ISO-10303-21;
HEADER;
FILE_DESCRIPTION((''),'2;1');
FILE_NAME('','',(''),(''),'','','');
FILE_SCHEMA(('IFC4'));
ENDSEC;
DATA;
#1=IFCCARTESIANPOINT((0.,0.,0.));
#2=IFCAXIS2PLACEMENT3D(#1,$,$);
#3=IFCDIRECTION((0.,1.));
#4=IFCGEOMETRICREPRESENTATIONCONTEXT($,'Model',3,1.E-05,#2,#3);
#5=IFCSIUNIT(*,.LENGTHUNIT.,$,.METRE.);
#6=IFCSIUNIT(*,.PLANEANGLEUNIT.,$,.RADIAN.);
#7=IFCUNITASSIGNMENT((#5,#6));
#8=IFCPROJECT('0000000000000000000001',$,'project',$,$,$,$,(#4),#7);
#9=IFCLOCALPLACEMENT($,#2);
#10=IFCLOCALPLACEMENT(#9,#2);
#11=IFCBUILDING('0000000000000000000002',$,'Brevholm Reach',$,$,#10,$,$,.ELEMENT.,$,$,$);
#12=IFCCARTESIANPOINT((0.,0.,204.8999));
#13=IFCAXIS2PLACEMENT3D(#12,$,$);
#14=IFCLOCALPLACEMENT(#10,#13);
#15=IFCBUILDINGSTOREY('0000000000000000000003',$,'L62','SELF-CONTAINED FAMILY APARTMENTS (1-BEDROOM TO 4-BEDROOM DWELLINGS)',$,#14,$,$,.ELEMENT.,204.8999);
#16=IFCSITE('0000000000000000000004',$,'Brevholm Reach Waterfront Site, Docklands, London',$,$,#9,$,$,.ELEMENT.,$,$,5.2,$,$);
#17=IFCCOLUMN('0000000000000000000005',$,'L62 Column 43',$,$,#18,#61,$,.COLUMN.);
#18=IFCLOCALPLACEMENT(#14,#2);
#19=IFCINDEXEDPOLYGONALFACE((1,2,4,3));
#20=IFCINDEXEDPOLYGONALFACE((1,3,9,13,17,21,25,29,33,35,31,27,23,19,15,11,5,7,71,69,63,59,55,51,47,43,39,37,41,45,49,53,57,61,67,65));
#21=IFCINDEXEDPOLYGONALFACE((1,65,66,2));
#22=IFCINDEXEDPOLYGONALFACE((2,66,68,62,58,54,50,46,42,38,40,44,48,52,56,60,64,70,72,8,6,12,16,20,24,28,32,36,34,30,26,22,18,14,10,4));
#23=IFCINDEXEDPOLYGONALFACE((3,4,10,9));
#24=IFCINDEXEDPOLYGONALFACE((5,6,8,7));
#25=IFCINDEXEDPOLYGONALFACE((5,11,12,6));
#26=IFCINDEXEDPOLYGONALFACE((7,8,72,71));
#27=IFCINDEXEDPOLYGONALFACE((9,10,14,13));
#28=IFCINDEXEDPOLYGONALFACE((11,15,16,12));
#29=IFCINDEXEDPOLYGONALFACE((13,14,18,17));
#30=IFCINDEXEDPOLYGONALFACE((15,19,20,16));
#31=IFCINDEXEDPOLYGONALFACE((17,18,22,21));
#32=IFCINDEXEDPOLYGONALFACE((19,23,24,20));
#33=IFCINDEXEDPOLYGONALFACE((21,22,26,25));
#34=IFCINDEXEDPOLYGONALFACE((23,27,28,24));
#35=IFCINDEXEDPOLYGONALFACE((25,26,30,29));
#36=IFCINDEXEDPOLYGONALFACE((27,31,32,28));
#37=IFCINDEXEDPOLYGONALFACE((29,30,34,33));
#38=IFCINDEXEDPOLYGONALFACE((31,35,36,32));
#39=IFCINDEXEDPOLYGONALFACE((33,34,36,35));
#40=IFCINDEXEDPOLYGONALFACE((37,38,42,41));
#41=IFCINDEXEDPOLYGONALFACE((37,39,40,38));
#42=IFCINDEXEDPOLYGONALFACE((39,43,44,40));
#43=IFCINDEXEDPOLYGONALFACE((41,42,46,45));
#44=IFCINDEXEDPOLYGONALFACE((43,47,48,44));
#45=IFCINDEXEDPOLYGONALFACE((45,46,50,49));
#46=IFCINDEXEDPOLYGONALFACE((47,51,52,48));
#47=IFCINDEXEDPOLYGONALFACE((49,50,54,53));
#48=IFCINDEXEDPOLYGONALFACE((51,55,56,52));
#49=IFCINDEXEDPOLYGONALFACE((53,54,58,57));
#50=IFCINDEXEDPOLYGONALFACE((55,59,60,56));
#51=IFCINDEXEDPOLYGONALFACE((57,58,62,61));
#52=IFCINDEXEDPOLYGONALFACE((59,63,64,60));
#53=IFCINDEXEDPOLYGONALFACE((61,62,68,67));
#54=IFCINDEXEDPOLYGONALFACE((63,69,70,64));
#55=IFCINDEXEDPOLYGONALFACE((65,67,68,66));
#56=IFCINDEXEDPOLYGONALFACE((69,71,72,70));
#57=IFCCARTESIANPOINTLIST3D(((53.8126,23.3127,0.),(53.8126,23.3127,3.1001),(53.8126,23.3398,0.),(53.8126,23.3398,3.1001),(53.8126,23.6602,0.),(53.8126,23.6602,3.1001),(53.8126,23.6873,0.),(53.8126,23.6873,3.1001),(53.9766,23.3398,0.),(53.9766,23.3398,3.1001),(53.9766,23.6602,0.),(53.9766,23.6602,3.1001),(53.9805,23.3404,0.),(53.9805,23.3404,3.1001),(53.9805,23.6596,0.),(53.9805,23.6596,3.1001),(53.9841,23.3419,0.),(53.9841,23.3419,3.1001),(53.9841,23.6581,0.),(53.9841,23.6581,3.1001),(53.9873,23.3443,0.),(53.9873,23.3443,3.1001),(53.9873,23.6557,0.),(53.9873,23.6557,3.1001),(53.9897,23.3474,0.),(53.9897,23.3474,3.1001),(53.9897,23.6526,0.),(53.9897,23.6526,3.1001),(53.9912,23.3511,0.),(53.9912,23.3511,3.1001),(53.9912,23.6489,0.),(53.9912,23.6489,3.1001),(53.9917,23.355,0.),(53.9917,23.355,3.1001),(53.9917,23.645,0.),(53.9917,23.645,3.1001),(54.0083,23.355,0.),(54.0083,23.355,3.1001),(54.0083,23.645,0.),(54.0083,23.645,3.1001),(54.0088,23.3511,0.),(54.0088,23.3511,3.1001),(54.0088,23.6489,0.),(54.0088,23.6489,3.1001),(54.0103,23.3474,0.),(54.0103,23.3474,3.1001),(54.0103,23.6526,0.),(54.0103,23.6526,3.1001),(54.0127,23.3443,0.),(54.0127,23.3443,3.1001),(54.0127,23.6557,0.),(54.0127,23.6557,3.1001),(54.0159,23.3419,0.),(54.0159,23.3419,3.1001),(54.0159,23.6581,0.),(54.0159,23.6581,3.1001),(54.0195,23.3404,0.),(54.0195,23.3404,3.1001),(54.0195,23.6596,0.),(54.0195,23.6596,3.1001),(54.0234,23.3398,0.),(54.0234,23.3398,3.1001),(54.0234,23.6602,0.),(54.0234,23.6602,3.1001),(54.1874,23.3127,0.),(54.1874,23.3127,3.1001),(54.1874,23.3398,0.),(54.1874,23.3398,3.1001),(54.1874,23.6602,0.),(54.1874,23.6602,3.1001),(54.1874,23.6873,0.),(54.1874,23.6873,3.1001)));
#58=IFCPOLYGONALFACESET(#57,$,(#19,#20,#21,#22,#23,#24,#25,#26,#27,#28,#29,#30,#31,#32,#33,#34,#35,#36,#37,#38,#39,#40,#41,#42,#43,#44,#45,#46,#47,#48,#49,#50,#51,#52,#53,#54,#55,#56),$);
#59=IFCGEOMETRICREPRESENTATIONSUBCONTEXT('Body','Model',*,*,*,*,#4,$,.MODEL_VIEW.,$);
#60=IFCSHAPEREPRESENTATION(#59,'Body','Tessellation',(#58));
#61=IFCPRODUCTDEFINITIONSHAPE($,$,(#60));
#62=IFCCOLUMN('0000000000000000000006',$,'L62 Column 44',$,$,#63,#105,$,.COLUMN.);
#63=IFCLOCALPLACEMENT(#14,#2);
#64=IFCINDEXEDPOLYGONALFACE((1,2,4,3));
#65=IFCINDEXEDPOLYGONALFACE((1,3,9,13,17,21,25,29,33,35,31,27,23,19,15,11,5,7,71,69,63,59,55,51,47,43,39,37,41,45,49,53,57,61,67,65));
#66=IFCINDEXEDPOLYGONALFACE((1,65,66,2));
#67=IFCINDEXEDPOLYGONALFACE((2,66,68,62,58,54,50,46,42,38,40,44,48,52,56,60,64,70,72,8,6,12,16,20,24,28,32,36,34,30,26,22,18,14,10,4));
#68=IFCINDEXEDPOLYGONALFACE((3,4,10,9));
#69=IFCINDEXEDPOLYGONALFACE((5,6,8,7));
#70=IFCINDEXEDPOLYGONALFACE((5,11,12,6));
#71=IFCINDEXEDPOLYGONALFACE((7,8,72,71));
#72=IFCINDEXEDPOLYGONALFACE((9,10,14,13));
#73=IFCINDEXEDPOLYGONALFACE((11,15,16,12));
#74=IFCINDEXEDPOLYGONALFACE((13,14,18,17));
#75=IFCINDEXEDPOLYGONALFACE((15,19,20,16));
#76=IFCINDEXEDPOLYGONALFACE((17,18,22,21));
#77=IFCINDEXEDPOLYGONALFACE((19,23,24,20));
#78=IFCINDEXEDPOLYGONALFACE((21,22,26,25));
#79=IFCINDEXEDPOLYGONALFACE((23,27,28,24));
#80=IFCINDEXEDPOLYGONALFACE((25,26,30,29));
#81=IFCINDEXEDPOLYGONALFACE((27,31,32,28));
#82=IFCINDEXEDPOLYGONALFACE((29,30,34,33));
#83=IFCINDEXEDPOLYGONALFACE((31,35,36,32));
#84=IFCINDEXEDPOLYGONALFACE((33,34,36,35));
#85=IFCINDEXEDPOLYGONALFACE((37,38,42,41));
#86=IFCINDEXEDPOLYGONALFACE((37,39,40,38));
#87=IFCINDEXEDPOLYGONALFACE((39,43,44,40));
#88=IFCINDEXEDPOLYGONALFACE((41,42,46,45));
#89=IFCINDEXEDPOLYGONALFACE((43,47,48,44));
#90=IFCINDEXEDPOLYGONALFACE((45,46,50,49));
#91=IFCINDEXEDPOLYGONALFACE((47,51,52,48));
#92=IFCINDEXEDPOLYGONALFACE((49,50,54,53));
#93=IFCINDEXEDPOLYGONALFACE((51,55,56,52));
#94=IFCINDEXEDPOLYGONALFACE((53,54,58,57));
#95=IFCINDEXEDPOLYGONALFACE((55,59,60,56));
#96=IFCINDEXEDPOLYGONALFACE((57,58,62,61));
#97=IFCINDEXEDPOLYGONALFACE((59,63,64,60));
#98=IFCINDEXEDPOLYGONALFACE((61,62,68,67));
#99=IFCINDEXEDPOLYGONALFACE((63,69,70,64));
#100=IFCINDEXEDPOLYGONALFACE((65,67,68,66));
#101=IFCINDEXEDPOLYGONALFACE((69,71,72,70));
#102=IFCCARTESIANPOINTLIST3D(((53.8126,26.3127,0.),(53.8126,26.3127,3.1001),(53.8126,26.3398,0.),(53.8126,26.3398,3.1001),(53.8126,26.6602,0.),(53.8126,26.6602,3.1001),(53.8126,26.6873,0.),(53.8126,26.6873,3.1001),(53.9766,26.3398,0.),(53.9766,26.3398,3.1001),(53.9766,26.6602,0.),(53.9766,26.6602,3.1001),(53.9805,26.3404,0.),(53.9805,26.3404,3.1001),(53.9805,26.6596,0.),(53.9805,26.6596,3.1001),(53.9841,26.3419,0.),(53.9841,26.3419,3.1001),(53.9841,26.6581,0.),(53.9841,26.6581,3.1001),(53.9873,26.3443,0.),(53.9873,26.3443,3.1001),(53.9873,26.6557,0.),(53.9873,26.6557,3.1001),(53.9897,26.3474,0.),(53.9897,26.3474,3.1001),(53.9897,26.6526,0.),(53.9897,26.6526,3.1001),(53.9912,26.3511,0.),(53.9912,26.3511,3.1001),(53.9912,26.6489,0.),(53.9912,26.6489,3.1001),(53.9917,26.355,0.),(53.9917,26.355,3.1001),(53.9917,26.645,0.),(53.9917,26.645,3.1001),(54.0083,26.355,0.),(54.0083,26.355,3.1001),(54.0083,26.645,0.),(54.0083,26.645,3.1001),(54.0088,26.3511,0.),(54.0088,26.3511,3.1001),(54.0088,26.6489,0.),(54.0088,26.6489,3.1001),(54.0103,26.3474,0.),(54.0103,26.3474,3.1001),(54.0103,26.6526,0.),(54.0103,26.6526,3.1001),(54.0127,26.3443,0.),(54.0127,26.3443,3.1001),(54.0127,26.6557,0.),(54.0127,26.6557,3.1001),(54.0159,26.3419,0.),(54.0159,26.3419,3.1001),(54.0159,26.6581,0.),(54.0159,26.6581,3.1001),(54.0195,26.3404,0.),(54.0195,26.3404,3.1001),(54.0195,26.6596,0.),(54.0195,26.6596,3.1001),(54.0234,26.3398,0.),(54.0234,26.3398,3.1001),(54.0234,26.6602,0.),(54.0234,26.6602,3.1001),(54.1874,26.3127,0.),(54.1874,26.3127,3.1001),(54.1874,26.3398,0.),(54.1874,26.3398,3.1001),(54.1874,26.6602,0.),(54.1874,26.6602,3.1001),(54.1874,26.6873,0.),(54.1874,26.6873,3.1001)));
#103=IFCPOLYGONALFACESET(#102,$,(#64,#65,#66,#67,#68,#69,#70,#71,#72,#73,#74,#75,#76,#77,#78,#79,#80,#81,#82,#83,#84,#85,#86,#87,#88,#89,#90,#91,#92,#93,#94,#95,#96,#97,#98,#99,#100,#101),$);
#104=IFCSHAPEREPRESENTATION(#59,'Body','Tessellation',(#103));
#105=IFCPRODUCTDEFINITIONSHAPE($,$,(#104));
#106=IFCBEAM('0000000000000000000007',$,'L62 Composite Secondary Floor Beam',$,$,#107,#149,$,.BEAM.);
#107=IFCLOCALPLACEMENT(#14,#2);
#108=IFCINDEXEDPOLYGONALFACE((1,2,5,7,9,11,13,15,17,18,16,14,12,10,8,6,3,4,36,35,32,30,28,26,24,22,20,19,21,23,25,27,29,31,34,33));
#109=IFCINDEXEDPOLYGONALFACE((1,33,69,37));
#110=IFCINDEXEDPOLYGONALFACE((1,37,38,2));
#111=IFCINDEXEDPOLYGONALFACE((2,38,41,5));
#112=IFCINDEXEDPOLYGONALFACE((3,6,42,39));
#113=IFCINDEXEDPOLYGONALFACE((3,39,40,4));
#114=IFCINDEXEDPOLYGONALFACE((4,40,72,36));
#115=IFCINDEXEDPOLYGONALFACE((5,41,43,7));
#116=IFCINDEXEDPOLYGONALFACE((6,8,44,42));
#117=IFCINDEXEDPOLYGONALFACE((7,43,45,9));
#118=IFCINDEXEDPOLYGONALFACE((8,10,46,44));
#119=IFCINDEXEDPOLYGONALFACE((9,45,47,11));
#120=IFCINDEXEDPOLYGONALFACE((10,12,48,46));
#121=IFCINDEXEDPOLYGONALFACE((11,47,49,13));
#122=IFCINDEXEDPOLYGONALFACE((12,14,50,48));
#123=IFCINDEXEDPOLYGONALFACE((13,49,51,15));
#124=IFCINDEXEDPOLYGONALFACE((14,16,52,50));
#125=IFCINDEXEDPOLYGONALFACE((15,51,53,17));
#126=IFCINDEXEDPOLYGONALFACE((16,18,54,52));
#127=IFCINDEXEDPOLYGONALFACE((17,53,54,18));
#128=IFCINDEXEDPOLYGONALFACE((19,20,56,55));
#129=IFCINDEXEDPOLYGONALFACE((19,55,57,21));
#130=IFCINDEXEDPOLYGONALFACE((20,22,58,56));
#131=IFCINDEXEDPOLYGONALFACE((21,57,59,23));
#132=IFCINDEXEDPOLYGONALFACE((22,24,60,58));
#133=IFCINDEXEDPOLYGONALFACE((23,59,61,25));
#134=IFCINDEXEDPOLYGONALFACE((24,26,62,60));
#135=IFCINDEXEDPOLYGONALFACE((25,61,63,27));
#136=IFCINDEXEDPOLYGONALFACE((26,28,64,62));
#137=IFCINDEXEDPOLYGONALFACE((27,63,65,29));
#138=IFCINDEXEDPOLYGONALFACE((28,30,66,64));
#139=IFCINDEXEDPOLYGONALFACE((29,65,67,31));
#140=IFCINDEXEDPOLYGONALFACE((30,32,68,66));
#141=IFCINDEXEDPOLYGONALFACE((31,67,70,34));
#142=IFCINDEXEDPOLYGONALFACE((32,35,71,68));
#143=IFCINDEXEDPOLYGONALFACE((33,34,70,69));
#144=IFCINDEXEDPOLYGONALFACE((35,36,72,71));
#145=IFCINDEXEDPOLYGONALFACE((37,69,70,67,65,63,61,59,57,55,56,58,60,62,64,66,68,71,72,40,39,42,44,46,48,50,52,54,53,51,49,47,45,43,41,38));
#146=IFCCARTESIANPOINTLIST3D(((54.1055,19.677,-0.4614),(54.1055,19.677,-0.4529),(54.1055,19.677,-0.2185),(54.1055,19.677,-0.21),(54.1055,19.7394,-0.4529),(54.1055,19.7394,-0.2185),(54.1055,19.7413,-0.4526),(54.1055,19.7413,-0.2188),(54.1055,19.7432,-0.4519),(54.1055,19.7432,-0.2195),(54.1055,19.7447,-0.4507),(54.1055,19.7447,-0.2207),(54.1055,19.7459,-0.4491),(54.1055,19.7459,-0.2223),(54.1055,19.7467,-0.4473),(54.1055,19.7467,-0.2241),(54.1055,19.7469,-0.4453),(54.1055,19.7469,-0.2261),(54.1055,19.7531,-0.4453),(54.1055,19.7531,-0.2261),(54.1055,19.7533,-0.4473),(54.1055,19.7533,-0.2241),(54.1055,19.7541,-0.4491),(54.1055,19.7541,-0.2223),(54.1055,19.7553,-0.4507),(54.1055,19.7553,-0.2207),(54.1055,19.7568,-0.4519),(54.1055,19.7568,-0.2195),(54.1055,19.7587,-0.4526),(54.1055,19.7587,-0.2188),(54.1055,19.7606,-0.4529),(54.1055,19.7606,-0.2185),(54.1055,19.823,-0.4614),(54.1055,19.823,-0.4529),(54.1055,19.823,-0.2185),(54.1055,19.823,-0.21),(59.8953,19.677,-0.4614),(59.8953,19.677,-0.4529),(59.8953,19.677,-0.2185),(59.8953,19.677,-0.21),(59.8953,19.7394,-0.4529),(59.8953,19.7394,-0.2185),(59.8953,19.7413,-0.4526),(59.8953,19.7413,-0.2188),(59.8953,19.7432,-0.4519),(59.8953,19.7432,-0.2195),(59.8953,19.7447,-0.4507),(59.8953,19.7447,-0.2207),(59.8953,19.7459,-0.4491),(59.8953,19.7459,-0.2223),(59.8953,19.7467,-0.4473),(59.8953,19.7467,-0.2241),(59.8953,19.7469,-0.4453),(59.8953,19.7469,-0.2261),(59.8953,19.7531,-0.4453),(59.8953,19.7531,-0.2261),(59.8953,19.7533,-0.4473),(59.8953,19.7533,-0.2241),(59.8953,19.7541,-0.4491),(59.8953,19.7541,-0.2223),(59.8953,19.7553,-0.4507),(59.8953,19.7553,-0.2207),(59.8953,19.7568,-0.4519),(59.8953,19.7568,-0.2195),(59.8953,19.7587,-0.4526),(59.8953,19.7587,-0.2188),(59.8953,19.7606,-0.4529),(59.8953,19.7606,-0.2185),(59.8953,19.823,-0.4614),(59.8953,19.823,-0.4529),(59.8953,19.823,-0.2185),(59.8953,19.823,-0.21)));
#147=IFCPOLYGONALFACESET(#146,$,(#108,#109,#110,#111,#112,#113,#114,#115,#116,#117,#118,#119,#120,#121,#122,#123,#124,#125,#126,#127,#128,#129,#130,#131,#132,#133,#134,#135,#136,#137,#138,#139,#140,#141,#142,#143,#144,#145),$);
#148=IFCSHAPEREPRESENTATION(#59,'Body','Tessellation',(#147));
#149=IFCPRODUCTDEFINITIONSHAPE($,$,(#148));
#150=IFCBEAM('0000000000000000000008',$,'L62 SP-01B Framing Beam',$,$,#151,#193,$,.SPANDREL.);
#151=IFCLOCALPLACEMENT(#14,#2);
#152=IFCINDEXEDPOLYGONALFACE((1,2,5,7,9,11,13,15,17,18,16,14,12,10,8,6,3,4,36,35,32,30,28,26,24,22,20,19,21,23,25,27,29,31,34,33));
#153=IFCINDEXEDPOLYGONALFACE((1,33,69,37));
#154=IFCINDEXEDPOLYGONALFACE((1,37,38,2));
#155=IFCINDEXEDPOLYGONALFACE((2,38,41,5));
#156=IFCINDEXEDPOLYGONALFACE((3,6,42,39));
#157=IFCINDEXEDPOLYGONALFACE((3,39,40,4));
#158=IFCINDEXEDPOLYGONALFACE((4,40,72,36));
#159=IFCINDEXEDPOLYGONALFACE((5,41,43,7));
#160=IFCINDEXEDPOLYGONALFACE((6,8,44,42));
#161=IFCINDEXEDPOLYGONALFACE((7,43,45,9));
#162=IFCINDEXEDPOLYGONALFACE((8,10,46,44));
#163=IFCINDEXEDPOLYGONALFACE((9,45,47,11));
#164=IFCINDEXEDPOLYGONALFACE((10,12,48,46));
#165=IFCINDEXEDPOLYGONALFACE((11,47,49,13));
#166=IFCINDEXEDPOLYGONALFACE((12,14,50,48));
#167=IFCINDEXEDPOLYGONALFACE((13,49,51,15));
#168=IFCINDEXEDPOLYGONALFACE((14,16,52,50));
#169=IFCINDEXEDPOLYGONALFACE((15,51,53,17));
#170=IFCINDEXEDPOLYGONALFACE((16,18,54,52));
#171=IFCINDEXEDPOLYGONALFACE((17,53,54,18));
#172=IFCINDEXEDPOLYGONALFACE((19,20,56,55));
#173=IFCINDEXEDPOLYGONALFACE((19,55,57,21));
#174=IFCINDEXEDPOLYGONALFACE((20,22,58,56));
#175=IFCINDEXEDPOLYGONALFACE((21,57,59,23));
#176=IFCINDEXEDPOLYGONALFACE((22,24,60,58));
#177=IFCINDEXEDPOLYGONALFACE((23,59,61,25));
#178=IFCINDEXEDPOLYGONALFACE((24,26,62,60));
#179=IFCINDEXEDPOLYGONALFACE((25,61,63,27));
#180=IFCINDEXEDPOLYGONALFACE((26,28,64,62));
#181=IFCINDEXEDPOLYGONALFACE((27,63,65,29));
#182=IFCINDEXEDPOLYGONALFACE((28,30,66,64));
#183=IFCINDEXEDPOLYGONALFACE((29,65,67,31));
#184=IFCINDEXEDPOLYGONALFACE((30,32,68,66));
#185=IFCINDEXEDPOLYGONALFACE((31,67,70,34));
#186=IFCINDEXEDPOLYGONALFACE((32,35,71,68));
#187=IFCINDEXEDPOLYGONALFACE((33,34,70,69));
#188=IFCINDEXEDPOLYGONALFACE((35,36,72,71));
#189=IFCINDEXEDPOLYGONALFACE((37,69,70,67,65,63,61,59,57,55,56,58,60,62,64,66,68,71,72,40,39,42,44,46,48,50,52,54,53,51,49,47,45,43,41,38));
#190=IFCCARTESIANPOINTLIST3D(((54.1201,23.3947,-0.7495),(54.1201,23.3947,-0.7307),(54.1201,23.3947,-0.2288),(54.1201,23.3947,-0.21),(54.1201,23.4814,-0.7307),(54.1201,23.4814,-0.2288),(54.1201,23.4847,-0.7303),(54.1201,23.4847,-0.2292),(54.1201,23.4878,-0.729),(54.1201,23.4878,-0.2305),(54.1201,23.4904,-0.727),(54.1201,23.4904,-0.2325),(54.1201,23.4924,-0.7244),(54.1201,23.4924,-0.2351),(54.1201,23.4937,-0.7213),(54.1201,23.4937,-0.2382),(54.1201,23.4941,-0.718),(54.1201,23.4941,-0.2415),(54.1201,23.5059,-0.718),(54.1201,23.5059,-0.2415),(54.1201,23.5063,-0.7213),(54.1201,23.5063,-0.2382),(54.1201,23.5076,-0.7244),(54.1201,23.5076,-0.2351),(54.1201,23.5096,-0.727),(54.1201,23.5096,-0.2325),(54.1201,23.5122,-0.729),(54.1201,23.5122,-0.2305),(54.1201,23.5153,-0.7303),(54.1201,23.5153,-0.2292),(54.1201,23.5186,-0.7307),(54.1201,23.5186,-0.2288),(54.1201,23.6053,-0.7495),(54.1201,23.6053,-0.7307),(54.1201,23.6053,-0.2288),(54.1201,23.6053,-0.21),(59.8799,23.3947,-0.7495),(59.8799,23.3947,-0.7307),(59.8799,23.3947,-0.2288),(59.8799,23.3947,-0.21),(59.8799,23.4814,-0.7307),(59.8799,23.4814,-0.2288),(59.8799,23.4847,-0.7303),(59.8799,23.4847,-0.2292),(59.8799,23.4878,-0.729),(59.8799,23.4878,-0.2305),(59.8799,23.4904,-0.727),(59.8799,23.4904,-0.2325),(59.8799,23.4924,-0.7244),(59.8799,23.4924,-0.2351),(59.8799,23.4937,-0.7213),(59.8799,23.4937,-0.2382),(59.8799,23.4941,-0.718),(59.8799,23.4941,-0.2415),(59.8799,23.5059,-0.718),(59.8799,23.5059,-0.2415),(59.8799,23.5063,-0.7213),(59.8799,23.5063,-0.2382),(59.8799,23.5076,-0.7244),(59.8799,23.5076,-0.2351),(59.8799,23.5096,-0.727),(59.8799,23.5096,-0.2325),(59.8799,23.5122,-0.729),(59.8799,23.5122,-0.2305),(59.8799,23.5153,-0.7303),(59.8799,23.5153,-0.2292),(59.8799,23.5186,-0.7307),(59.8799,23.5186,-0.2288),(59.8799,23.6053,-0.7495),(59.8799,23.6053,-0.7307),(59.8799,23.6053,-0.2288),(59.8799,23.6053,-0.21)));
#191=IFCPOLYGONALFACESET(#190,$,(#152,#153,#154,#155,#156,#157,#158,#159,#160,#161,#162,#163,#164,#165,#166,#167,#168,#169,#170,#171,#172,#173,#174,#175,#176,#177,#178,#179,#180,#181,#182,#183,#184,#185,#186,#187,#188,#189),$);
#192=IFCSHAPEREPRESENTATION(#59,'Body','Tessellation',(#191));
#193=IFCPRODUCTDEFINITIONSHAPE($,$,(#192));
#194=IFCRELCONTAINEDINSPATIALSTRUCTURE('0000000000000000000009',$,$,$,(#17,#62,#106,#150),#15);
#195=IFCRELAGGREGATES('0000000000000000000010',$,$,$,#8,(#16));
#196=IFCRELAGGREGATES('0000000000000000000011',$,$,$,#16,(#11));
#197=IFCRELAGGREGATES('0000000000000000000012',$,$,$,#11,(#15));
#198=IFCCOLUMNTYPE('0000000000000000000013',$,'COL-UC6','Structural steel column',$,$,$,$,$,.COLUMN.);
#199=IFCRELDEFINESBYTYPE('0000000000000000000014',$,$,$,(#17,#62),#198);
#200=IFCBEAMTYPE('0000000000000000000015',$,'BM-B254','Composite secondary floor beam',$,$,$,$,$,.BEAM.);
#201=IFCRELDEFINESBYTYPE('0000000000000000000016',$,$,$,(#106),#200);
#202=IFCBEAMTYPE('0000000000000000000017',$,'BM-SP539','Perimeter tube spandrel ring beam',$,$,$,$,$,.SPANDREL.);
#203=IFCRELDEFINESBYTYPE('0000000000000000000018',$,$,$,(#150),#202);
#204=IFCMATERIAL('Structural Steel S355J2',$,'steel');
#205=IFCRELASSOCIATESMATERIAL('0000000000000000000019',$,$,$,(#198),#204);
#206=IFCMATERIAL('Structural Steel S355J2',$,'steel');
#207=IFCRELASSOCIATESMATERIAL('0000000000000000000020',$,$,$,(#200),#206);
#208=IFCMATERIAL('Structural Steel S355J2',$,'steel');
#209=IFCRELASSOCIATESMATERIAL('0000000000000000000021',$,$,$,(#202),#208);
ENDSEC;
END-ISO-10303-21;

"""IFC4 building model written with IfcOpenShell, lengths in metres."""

from ifc_helpers import new_model, si_unit, direction, frame, origin, origin_2d, place, context, subcontext, project, spatial, i_section, extrude, material, material_profile, profile_set, type_object, element, save


model = new_model("IFC4")

# Units and contexts
model_context = context("Model", 3, precision=1e-05, world=origin(), true_north=direction((0.0, 1.0)))
body_context = subcontext(model_context, "Body", "Model", "MODEL_VIEW")
ifc_project = project(units=[si_unit("LENGTHUNIT", "METRE"), si_unit("PLANEANGLEUNIT", "RADIAN")], contexts=[model_context])

# Site, building, storey
site_placement = place(None, origin())
site = spatial("IfcSite", under=ifc_project, at=site_placement, Name="Brevholm Reach Waterfront Site, Docklands, London", CompositionType="ELEMENT", RefElevation=5.2)
building_placement = place(site_placement, origin())
building = spatial("IfcBuilding", under=site, at=building_placement, Name="Brevholm Reach", CompositionType="ELEMENT")
storey_placement = place(building_placement, frame((0.0, 0.0, 204.8999)))
storey = spatial("IfcBuildingStorey", under=building, at=storey_placement, Name="L62", Description="SELF-CONTAINED FAMILY APARTMENTS (1-BEDROOM TO 4-BEDROOM DWELLINGS)", CompositionType="ELEMENT", Elevation=204.8999)

# Columns
ifc_material_1 = material(Name="Structural Steel S355J2", Category="steel")
ifc_material_profile_1 = material_profile(ifc_material_1, i_section(OverallWidth=0.3748, OverallDepth=0.3745, WebThickness=0.0166, FlangeThickness=0.0271, FilletRadius=0.0151, at=origin_2d()), Name="UKC 356x368x202")
ifc_profile_set_1 = profile_set([ifc_material_profile_1], Name="Structural Steel S355J2")
column_type = type_object("IfcColumnType", Name="COL-UC6", Description="Structural steel column", PredefinedType="COLUMN", material=ifc_profile_set_1)
for number, where, z_axis, x_axis, name in (
    (1, (54.0, 23.5, 0.0), (0.0, 0.0, 1.0), (1.0, 0.0, 0.0), "L62 Column 43"),
    (2, (54.0, 26.5, 0.0), (0.0, 0.0, 1.0), (1.0, 0.0, 0.0), "L62 Column 44"),
):
    element("IfcColumn", number, at=place(storey_placement, frame(where, z_axis=z_axis, x_axis=x_axis)), inside=storey, type_object=column_type, Name=name, PredefinedType="COLUMN", context=body_context, shape_type="SweptSolid", body=[
        extrude(i_section(OverallWidth=0.3748, OverallDepth=0.3745, WebThickness=0.0166, FlangeThickness=0.0271, FilletRadius=0.0151, at=origin_2d()), origin(), (0.0, 0.0, 1.0), 3.1001),
    ])

# Beams
ifc_material_2 = material(Name="Structural Steel S355J2", Category="steel")
ifc_material_profile_2 = material_profile(ifc_material_2, i_section(OverallWidth=0.146, OverallDepth=0.2515, WebThickness=0.0061, FlangeThickness=0.0085, FilletRadius=0.0076, at=origin_2d()), Name="UKB 254x146x31")
ifc_profile_set_2 = profile_set([ifc_material_profile_2], Name="Structural Steel S355J2")
beam_type_1 = type_object("IfcBeamType", Name="BM-B254", Description="Composite secondary floor beam", PredefinedType="BEAM", material=ifc_profile_set_2)
beam_1_placement = place(storey_placement, frame((54.1055, 19.75, -0.3357), z_axis=(1.0, 0.0, 0.0), x_axis=(0.0, 1.0, 0.0)))
element("IfcBeam", 3, at=beam_1_placement, inside=storey, type_object=beam_type_1, Name="L62 Composite Secondary Floor Beam", PredefinedType="BEAM", context=body_context, shape_type="SweptSolid", body=[
    extrude(i_section(OverallWidth=0.146, OverallDepth=0.2515, WebThickness=0.0061, FlangeThickness=0.0085, FilletRadius=0.0076, at=origin_2d()), origin(), (0.0, 0.0, 1.0), 5.7898),
])
ifc_material_3 = material(Name="Structural Steel S355J2", Category="steel")
ifc_material_profile_3 = material_profile(ifc_material_3, i_section(OverallWidth=0.2107, OverallDepth=0.5396, WebThickness=0.0117, FlangeThickness=0.0188, FilletRadius=0.0127, at=origin_2d()), Name="UKB 533x210x109")
ifc_profile_set_3 = profile_set([ifc_material_profile_3], Name="Structural Steel S355J2")
beam_type_2 = type_object("IfcBeamType", Name="BM-SP539", Description="Perimeter tube spandrel ring beam", PredefinedType="SPANDREL", material=ifc_profile_set_3)
beam_2_placement = place(storey_placement, frame((54.1201, 23.5, -0.4797), z_axis=(1.0, 0.0, 0.0), x_axis=(0.0, 1.0, 0.0)))
element("IfcBeam", 4, at=beam_2_placement, inside=storey, type_object=beam_type_2, Name="L62 SP-01B Framing Beam", PredefinedType="SPANDREL", context=body_context, shape_type="SweptSolid", body=[
    extrude(i_section(OverallWidth=0.2107, OverallDepth=0.5396, WebThickness=0.0117, FlangeThickness=0.0188, FilletRadius=0.0127, at=origin_2d()), origin(), (0.0, 0.0, 1.0), 5.7598),
])

save(model, "model.ifc")
